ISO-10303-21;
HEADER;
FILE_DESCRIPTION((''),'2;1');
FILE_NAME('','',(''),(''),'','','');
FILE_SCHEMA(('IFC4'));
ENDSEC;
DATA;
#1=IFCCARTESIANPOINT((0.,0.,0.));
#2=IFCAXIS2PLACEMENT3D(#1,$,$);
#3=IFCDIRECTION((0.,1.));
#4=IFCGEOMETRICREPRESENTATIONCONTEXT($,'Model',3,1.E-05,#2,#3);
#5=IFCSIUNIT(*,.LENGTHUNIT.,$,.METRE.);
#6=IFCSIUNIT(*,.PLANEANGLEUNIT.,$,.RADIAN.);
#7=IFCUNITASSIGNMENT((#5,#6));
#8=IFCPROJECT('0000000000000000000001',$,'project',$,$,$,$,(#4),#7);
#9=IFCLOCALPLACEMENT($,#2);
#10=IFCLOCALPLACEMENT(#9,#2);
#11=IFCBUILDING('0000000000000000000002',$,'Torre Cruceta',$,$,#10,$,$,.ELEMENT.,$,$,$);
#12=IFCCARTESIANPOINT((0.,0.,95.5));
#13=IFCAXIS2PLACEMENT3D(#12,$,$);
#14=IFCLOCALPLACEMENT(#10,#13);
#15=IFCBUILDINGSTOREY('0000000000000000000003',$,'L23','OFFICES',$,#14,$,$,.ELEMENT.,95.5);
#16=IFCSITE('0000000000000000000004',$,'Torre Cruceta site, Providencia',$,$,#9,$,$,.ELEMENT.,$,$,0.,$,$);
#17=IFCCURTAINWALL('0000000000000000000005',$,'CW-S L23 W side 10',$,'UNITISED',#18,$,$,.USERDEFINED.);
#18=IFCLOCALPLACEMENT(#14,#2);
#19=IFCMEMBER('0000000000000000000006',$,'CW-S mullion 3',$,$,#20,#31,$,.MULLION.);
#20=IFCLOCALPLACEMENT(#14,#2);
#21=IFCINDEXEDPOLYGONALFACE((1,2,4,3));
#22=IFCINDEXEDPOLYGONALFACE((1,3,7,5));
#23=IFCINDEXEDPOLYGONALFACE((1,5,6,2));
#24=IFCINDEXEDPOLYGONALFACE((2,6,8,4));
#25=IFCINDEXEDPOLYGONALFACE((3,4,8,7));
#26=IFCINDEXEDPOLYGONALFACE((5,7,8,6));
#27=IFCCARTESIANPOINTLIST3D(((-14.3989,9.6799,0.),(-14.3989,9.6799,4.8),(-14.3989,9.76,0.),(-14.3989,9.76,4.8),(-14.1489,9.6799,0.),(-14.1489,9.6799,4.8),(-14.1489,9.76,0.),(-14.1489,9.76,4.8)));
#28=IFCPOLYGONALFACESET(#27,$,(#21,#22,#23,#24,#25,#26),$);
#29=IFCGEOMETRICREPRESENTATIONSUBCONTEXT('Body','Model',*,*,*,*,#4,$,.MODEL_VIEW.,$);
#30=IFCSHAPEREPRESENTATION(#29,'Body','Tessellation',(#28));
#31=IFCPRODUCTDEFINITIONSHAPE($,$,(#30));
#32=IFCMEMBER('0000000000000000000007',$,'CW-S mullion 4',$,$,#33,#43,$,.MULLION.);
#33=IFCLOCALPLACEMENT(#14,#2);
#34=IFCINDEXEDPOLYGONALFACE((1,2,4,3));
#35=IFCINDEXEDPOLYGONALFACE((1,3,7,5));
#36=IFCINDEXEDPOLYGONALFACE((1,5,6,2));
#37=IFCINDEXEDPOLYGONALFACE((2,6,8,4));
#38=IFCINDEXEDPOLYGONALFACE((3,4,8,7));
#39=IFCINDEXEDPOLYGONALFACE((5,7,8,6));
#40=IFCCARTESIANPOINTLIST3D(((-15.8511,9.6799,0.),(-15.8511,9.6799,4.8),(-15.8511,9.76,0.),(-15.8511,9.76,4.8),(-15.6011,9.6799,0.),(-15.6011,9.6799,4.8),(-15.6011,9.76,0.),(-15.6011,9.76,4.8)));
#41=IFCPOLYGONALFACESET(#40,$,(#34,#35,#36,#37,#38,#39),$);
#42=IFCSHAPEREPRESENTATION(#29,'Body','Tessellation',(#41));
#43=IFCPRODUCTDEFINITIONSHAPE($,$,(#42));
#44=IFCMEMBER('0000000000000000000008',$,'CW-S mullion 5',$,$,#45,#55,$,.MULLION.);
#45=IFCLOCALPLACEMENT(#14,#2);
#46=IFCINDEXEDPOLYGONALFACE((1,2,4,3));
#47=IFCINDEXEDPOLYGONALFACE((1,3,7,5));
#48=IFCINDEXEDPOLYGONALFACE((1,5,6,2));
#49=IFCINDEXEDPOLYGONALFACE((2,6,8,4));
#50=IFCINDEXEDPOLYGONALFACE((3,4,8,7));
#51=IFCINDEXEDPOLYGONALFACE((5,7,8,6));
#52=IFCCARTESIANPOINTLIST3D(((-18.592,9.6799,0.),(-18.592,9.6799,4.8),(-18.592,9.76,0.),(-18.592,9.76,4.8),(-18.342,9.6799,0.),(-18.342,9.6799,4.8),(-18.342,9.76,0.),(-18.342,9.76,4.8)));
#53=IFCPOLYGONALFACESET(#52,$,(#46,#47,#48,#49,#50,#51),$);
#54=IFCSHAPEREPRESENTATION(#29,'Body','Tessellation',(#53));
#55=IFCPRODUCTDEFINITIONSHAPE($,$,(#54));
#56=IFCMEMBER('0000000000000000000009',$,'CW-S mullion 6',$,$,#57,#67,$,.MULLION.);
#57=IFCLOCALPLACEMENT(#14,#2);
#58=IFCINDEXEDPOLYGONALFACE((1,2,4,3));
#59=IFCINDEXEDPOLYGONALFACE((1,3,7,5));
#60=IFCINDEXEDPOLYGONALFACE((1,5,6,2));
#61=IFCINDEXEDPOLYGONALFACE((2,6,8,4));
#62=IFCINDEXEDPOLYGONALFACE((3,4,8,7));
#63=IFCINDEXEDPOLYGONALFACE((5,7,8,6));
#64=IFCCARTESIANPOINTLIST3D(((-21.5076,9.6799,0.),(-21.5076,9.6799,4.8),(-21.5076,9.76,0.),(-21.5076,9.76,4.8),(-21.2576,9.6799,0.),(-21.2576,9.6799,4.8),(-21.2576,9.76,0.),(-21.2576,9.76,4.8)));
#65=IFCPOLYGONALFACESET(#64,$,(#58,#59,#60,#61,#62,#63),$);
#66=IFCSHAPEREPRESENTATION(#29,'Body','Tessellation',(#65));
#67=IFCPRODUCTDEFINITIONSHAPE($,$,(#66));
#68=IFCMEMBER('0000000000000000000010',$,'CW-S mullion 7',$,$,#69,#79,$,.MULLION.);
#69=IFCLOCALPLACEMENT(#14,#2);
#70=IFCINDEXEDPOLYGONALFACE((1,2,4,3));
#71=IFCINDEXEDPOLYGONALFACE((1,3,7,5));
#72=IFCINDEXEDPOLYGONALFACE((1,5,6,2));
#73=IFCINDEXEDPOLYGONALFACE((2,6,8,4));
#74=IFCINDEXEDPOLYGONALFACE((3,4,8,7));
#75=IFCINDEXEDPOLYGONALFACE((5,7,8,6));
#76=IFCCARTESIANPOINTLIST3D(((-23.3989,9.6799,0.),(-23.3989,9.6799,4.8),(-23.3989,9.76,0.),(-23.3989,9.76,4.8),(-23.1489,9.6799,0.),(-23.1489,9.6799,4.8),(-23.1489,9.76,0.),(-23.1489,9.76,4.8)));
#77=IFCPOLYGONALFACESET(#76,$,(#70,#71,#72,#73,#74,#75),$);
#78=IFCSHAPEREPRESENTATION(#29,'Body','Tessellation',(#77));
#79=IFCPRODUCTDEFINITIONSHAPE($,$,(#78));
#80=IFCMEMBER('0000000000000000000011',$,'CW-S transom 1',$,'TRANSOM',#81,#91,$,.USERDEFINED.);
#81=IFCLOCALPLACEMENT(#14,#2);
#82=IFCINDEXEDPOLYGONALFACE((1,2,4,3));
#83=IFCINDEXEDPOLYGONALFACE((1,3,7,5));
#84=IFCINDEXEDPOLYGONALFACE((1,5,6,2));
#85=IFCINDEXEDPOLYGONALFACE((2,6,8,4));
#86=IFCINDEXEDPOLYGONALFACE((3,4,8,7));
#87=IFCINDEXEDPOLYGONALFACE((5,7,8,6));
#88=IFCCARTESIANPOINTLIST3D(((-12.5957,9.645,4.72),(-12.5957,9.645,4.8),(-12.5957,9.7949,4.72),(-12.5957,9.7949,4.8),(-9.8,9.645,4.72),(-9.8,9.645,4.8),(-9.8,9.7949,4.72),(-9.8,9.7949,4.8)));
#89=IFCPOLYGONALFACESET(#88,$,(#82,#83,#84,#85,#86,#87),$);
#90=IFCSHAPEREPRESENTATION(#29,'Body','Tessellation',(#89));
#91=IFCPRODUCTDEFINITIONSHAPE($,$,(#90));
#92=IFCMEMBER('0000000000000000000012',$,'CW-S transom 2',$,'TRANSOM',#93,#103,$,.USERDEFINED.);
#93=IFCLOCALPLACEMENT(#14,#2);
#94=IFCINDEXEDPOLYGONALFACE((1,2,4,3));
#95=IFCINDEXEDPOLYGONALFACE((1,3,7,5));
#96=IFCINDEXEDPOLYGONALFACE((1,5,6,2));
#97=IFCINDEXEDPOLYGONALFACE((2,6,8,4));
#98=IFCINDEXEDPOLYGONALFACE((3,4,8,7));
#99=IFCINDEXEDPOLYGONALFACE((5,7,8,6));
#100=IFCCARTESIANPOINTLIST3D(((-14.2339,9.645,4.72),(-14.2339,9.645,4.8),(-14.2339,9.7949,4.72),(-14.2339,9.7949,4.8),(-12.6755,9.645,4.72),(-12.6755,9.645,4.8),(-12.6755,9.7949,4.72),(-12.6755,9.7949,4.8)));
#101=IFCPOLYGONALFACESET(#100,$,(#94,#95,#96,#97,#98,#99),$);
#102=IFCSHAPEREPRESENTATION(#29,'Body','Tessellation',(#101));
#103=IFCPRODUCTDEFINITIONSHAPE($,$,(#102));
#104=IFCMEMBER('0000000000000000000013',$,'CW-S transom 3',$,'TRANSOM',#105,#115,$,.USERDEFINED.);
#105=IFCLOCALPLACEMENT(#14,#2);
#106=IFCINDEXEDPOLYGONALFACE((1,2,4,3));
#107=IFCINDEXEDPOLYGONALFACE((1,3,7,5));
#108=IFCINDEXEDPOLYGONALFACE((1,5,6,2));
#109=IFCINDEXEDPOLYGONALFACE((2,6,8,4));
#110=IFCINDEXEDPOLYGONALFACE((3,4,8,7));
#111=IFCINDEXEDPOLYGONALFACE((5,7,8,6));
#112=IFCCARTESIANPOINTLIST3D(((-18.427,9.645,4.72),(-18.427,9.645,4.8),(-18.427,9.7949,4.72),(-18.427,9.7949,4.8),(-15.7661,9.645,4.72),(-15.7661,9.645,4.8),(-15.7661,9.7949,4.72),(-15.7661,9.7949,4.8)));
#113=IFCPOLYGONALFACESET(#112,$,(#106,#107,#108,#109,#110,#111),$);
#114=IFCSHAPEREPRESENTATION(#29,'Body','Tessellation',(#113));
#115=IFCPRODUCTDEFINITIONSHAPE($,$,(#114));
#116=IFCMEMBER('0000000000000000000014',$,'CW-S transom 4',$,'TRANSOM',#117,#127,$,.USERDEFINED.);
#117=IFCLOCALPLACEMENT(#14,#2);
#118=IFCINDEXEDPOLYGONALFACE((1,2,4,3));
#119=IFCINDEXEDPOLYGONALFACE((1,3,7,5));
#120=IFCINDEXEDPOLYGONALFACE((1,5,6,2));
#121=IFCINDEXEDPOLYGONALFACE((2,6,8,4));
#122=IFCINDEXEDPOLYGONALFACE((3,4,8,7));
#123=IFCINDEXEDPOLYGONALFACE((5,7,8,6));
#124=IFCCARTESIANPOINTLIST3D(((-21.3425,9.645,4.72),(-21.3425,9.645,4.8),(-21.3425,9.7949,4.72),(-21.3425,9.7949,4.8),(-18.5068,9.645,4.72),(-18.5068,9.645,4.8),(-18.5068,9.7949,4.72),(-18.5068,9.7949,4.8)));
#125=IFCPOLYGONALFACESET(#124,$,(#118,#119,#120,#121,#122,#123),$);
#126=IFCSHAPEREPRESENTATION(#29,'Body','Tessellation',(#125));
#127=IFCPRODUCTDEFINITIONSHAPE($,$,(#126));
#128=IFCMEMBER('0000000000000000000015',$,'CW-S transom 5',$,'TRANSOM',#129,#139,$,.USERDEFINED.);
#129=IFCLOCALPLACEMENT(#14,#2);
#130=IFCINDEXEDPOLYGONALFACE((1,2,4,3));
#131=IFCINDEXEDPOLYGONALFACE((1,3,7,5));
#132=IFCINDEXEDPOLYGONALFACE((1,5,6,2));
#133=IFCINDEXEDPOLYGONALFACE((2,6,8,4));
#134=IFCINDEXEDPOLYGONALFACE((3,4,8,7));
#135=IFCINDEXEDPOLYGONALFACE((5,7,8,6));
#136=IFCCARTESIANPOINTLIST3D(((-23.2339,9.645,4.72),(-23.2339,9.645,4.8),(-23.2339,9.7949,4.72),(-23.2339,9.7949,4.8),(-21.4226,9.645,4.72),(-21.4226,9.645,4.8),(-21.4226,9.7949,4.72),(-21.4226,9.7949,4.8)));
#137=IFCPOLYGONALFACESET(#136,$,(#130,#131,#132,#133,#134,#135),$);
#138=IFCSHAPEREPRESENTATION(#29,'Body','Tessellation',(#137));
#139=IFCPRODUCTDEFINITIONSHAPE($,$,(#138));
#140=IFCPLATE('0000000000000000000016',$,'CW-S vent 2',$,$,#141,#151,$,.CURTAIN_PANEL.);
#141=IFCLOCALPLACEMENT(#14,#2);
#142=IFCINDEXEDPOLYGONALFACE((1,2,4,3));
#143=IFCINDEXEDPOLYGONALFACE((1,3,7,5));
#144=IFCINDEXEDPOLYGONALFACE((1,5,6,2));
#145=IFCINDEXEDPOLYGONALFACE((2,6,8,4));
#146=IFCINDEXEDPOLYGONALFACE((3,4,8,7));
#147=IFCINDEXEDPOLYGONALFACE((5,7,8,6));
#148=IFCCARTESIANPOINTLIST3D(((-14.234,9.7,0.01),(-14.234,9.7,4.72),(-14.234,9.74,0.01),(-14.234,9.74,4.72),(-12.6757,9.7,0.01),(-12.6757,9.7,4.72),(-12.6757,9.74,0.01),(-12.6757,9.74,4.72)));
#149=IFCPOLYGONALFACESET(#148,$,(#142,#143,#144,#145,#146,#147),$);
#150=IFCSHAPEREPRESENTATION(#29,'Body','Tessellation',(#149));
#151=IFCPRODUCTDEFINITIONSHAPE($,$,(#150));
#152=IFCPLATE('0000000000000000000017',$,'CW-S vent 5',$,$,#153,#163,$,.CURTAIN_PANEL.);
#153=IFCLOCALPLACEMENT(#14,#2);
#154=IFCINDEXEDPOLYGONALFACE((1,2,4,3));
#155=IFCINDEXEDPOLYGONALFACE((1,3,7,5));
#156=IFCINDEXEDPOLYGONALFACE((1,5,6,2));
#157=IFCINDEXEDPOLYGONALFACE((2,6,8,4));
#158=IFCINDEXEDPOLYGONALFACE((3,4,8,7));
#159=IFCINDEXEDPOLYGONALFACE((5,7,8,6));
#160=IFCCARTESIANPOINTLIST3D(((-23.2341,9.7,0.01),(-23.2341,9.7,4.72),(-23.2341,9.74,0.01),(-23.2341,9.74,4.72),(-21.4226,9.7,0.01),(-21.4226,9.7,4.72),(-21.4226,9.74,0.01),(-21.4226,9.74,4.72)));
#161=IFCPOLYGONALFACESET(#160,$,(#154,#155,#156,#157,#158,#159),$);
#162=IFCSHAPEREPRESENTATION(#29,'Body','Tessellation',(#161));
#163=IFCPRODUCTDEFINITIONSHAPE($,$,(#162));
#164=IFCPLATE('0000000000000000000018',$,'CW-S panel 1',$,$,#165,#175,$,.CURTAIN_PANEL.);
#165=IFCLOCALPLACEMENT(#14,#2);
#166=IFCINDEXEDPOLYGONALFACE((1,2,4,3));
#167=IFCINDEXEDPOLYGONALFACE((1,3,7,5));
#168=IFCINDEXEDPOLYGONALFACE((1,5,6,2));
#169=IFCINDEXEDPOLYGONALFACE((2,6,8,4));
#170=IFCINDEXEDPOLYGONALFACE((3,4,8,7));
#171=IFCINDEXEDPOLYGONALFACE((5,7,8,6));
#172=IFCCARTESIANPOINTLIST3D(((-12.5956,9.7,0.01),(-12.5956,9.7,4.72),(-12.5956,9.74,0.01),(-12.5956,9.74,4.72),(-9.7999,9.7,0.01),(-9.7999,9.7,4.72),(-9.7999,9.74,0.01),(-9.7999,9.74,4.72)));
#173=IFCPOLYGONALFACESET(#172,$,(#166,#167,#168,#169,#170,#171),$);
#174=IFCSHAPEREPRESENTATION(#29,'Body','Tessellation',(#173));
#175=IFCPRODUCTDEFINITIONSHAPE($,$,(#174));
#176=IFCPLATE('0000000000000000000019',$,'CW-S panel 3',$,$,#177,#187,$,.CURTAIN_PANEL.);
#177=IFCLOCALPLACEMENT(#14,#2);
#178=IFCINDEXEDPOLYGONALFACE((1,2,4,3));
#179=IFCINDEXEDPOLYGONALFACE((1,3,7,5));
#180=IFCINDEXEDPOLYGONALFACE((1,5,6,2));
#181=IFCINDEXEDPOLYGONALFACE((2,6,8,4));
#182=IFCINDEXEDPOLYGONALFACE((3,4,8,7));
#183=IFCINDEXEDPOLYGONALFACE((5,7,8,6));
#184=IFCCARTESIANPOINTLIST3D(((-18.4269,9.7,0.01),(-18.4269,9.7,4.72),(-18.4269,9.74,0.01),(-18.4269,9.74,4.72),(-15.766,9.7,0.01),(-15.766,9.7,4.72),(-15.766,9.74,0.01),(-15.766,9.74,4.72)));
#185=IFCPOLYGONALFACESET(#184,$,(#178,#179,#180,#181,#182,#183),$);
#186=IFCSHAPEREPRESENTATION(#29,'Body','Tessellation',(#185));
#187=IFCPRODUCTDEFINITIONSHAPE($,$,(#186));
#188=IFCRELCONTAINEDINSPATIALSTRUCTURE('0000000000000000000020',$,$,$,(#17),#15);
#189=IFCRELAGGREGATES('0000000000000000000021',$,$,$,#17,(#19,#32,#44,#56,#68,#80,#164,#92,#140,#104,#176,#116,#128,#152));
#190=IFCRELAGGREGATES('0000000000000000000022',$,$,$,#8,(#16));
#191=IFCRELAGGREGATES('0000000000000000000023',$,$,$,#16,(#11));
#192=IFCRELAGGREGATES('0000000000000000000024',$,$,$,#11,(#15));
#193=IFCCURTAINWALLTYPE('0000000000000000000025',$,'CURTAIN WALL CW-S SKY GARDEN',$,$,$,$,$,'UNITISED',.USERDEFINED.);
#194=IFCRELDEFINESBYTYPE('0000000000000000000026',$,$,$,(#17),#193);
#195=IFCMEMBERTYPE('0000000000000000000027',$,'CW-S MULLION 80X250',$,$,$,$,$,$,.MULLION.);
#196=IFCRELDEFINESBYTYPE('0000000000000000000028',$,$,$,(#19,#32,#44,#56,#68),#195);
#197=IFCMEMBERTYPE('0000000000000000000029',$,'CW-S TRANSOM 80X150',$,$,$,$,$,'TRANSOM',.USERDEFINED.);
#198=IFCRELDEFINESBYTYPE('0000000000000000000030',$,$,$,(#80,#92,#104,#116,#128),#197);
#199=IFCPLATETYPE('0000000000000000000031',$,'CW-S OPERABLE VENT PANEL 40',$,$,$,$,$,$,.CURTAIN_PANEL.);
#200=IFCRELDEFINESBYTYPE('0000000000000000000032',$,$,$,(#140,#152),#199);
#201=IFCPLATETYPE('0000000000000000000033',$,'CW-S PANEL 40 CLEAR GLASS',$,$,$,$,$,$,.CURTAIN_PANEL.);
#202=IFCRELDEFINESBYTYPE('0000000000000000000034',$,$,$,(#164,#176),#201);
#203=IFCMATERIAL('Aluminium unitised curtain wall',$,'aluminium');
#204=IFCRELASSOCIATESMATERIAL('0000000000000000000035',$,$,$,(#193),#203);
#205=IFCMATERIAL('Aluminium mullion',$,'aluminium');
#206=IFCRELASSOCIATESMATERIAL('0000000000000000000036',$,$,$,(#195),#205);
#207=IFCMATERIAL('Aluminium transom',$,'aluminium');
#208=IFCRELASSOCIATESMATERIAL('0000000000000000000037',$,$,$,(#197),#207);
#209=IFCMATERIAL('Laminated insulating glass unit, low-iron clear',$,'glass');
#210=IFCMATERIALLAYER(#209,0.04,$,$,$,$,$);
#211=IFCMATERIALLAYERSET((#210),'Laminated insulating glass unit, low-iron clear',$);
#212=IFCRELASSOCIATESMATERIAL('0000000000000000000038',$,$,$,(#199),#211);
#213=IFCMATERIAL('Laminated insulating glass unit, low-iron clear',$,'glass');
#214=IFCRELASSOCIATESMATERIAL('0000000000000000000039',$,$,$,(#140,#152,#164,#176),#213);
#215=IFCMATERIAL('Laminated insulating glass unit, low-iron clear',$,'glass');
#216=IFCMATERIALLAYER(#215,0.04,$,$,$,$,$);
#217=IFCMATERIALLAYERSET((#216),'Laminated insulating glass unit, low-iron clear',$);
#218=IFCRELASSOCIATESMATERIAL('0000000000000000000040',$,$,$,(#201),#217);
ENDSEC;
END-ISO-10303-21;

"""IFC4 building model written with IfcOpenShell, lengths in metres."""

from ifc_helpers import new_model, si_unit, direction, frame, origin, origin_2d, place, context, subcontext, project, spatial, rectangle, extrude, material, layer, layer_set, material_profile, profile_set, type_object, element, aggregate, save


model = new_model("IFC4")

# Units and contexts
model_context = context("Model", 3, precision=1e-05, world=origin(), true_north=direction((0.0, 1.0)))
body_context = subcontext(model_context, "Body", "Model", "MODEL_VIEW")
ifc_project = project(units=[si_unit("LENGTHUNIT", "METRE"), si_unit("PLANEANGLEUNIT", "RADIAN")], contexts=[model_context])

# Site, building, storey
site_placement = place(None, origin())
site = spatial("IfcSite", under=ifc_project, at=site_placement, Name="Torre Cruceta site, Providencia", CompositionType="ELEMENT", RefElevation=0.0)
building_placement = place(site_placement, origin())
building = spatial("IfcBuilding", under=site, at=building_placement, Name="Torre Cruceta", CompositionType="ELEMENT")
storey_placement = place(building_placement, frame((0.0, 0.0, 95.5)))
storey = spatial("IfcBuildingStorey", under=building, at=storey_placement, Name="L23", Description="OFFICES", CompositionType="ELEMENT", Elevation=95.5)

# Curtain wall, members, plates
ifc_material_1 = material(Name="Aluminium unitised curtain wall", Category="aluminium")
curtain_wall_type = type_object("IfcCurtainWallType", Name="CURTAIN WALL CW-S SKY GARDEN", ElementType="UNITISED", PredefinedType="USERDEFINED", material=ifc_material_1)
curtain_wall_placement = place(storey_placement, origin())
curtain_wall = element("IfcCurtainWall", 1, at=curtain_wall_placement, inside=storey, type_object=curtain_wall_type, Name="CW-S L23 W side 10", ObjectType="UNITISED", PredefinedType="USERDEFINED")
ifc_material_2 = material(Name="Aluminium mullion", Category="aluminium")
ifc_material_profile_1 = material_profile(ifc_material_2, rectangle(XDim=0.0801, YDim=0.25, at=origin_2d()), Name="AL 80X250")
ifc_profile_set_1 = profile_set([ifc_material_profile_1], Name="Aluminium mullion")
member_type_1 = type_object("IfcMemberType", Name="CW-S MULLION 80X250", PredefinedType="MULLION", material=ifc_profile_set_1)
member_1_placement = place(storey_placement, frame((-14.2739, 9.72, 0.0), z_axis=(0.0, 0.0, 1.0), x_axis=(0.0, -1.0, 0.0)))
member_1 = element("IfcMember", 2, at=member_1_placement, type_object=member_type_1, Name="CW-S mullion 3", PredefinedType="MULLION", context=body_context, shape_type="SweptSolid", body=[
    extrude(rectangle(XDim=0.0801, YDim=0.25, at=origin_2d()), origin(), (0.0, 0.0, 1.0), 4.8),
])
member_2_placement = place(storey_placement, frame((-15.7261, 9.72, 0.0), z_axis=(0.0, 0.0, 1.0), x_axis=(0.0, -1.0, 0.0)))
member_2 = element("IfcMember", 3, at=member_2_placement, type_object=member_type_1, Name="CW-S mullion 4", PredefinedType="MULLION", context=body_context, shape_type="SweptSolid", body=[
    extrude(rectangle(XDim=0.0801, YDim=0.25, at=origin_2d()), origin(), (0.0, 0.0, 1.0), 4.8),
])
member_3_placement = place(storey_placement, frame((-18.467, 9.72, 0.0), z_axis=(0.0, 0.0, 1.0), x_axis=(0.0, -1.0, 0.0)))
member_3 = element("IfcMember", 4, at=member_3_placement, type_object=member_type_1, Name="CW-S mullion 5", PredefinedType="MULLION", context=body_context, shape_type="SweptSolid", body=[
    extrude(rectangle(XDim=0.0801, YDim=0.25, at=origin_2d()), origin(), (0.0, 0.0, 1.0), 4.8),
])
member_4_placement = place(storey_placement, frame((-21.3826, 9.72, 0.0), z_axis=(0.0, 0.0, 1.0), x_axis=(0.0, -1.0, 0.0)))
member_4 = element("IfcMember", 5, at=member_4_placement, type_object=member_type_1, Name="CW-S mullion 6", PredefinedType="MULLION", context=body_context, shape_type="SweptSolid", body=[
    extrude(rectangle(XDim=0.0801, YDim=0.25, at=origin_2d()), origin(), (0.0, 0.0, 1.0), 4.8),
])
member_5_placement = place(storey_placement, frame((-23.2739, 9.72, 0.0), z_axis=(0.0, 0.0, 1.0), x_axis=(0.0, -1.0, 0.0)))
member_5 = element("IfcMember", 6, at=member_5_placement, type_object=member_type_1, Name="CW-S mullion 7", PredefinedType="MULLION", context=body_context, shape_type="SweptSolid", body=[
    extrude(rectangle(XDim=0.0801, YDim=0.25, at=origin_2d()), origin(), (0.0, 0.0, 1.0), 4.8),
])
ifc_material_3 = material(Name="Aluminium transom", Category="aluminium")
ifc_material_profile_2 = material_profile(ifc_material_3, rectangle(XDim=0.1499, YDim=0.0801, at=origin_2d()), Name="AL 150X80")
ifc_profile_set_2 = profile_set([ifc_material_profile_2], Name="Aluminium transom")
member_type_2 = type_object("IfcMemberType", Name="CW-S TRANSOM 80X150", ElementType="TRANSOM", PredefinedType="USERDEFINED", material=ifc_profile_set_2)
member_6_placement = place(storey_placement, frame((-9.8, 9.72, 4.76), z_axis=(-1.0, 0.0, 0.0), x_axis=(0.0, -1.0, 0.0)))
member_6 = element("IfcMember", 7, at=member_6_placement, type_object=member_type_2, Name="CW-S transom 1", ObjectType="TRANSOM", PredefinedType="USERDEFINED", context=body_context, shape_type="SweptSolid", body=[
    extrude(rectangle(XDim=0.1499, YDim=0.0801, at=origin_2d()), origin(), (0.0, 0.0, 1.0), 2.7957),
])
member_7_placement = place(storey_placement, frame((-12.6755, 9.72, 4.76), z_axis=(-1.0, 0.0, 0.0), x_axis=(0.0, -1.0, 0.0)))
member_7 = element("IfcMember", 8, at=member_7_placement, type_object=member_type_2, Name="CW-S transom 2", ObjectType="TRANSOM", PredefinedType="USERDEFINED", context=body_context, shape_type="SweptSolid", body=[
    extrude(rectangle(XDim=0.1499, YDim=0.0801, at=origin_2d()), origin(), (0.0, 0.0, 1.0), 1.5583),
])
member_8_placement = place(storey_placement, frame((-15.7661, 9.72, 4.76), z_axis=(-1.0, 0.0, 0.0), x_axis=(0.0, -1.0, 0.0)))
member_8 = element("IfcMember", 9, at=member_8_placement, type_object=member_type_2, Name="CW-S transom 3", ObjectType="TRANSOM", PredefinedType="USERDEFINED", context=body_context, shape_type="SweptSolid", body=[
    extrude(rectangle(XDim=0.1499, YDim=0.0801, at=origin_2d()), origin(), (0.0, 0.0, 1.0), 2.6609),
])
member_9_placement = place(storey_placement, frame((-18.5068, 9.72, 4.76), z_axis=(-1.0, 0.0, 0.0), x_axis=(0.0, -1.0, 0.0)))
member_9 = element("IfcMember", 10, at=member_9_placement, type_object=member_type_2, Name="CW-S transom 4", ObjectType="TRANSOM", PredefinedType="USERDEFINED", context=body_context, shape_type="SweptSolid", body=[
    extrude(rectangle(XDim=0.1499, YDim=0.0801, at=origin_2d()), origin(), (0.0, 0.0, 1.0), 2.8357),
])
member_10_placement = place(storey_placement, frame((-21.4226, 9.72, 4.76), z_axis=(-1.0, 0.0, 0.0), x_axis=(0.0, -1.0, 0.0)))
member_10 = element("IfcMember", 11, at=member_10_placement, type_object=member_type_2, Name="CW-S transom 5", ObjectType="TRANSOM", PredefinedType="USERDEFINED", context=body_context, shape_type="SweptSolid", body=[
    extrude(rectangle(XDim=0.1499, YDim=0.0801, at=origin_2d()), origin(), (0.0, 0.0, 1.0), 1.8113),
])
ifc_material_4 = material(Name="Laminated insulating glass unit, low-iron clear", Category="glass")
ifc_material_5 = material(Name="Laminated insulating glass unit, low-iron clear", Category="glass")
ifc_layer_1 = layer(ifc_material_5, 0.04)
ifc_layer_set_1 = layer_set([ifc_layer_1], Name="Laminated insulating glass unit, low-iron clear")
plate_type_1 = type_object("IfcPlateType", Name="CW-S OPERABLE VENT PANEL 40", PredefinedType="CURTAIN_PANEL", material=ifc_layer_set_1)
plate_1_placement = place(storey_placement, frame((-13.4548, 9.72, 0.01), z_axis=(0.0, 0.0, 1.0), x_axis=(-1.0, 0.0, 0.0)))
plate_1 = element("IfcPlate", 12, at=plate_1_placement, type_object=plate_type_1, material=ifc_material_4, Name="CW-S vent 2", PredefinedType="CURTAIN_PANEL", context=body_context, shape_type="SweptSolid", body=[
    extrude(rectangle(XDim=1.5583, YDim=0.04, at=origin_2d()), origin(), (0.0, 0.0, 1.0), 4.71),
])
plate_2_placement = place(storey_placement, frame((-22.3284, 9.72, 0.01), z_axis=(0.0, 0.0, 1.0), x_axis=(-1.0, 0.0, 0.0)))
plate_2 = element("IfcPlate", 13, at=plate_2_placement, type_object=plate_type_1, material=ifc_material_4, Name="CW-S vent 5", PredefinedType="CURTAIN_PANEL", context=body_context, shape_type="SweptSolid", body=[
    extrude(rectangle(XDim=1.8115, YDim=0.04, at=origin_2d()), origin(), (0.0, 0.0, 1.0), 4.71),
])
ifc_material_6 = material(Name="Laminated insulating glass unit, low-iron clear", Category="glass")
ifc_layer_2 = layer(ifc_material_6, 0.04)
ifc_layer_set_2 = layer_set([ifc_layer_2], Name="Laminated insulating glass unit, low-iron clear")
plate_type_2 = type_object("IfcPlateType", Name="CW-S PANEL 40 CLEAR GLASS", PredefinedType="CURTAIN_PANEL", material=ifc_layer_set_2)
plate_3_placement = place(storey_placement, frame((-11.1978, 9.72, 0.01), z_axis=(0.0, 0.0, 1.0), x_axis=(-1.0, 0.0, 0.0)))
plate_3 = element("IfcPlate", 14, at=plate_3_placement, type_object=plate_type_2, material=ifc_material_4, Name="CW-S panel 1", PredefinedType="CURTAIN_PANEL", context=body_context, shape_type="SweptSolid", body=[
    extrude(rectangle(XDim=2.7957, YDim=0.04, at=origin_2d()), origin(), (0.0, 0.0, 1.0), 4.71),
])
plate_4_placement = place(storey_placement, frame((-17.0964, 9.72, 0.01), z_axis=(0.0, 0.0, 1.0), x_axis=(-1.0, 0.0, 0.0)))
plate_4 = element("IfcPlate", 15, at=plate_4_placement, type_object=plate_type_2, material=ifc_material_4, Name="CW-S panel 3", PredefinedType="CURTAIN_PANEL", context=body_context, shape_type="SweptSolid", body=[
    extrude(rectangle(XDim=2.6609, YDim=0.04, at=origin_2d()), origin(), (0.0, 0.0, 1.0), 4.71),
])
aggregate(curtain_wall, [member_1, member_2, member_3, member_4, member_5, member_6, plate_3, member_7, plate_1, member_8, plate_4, member_9, member_10, plate_2])

save(model, "model.ifc")
